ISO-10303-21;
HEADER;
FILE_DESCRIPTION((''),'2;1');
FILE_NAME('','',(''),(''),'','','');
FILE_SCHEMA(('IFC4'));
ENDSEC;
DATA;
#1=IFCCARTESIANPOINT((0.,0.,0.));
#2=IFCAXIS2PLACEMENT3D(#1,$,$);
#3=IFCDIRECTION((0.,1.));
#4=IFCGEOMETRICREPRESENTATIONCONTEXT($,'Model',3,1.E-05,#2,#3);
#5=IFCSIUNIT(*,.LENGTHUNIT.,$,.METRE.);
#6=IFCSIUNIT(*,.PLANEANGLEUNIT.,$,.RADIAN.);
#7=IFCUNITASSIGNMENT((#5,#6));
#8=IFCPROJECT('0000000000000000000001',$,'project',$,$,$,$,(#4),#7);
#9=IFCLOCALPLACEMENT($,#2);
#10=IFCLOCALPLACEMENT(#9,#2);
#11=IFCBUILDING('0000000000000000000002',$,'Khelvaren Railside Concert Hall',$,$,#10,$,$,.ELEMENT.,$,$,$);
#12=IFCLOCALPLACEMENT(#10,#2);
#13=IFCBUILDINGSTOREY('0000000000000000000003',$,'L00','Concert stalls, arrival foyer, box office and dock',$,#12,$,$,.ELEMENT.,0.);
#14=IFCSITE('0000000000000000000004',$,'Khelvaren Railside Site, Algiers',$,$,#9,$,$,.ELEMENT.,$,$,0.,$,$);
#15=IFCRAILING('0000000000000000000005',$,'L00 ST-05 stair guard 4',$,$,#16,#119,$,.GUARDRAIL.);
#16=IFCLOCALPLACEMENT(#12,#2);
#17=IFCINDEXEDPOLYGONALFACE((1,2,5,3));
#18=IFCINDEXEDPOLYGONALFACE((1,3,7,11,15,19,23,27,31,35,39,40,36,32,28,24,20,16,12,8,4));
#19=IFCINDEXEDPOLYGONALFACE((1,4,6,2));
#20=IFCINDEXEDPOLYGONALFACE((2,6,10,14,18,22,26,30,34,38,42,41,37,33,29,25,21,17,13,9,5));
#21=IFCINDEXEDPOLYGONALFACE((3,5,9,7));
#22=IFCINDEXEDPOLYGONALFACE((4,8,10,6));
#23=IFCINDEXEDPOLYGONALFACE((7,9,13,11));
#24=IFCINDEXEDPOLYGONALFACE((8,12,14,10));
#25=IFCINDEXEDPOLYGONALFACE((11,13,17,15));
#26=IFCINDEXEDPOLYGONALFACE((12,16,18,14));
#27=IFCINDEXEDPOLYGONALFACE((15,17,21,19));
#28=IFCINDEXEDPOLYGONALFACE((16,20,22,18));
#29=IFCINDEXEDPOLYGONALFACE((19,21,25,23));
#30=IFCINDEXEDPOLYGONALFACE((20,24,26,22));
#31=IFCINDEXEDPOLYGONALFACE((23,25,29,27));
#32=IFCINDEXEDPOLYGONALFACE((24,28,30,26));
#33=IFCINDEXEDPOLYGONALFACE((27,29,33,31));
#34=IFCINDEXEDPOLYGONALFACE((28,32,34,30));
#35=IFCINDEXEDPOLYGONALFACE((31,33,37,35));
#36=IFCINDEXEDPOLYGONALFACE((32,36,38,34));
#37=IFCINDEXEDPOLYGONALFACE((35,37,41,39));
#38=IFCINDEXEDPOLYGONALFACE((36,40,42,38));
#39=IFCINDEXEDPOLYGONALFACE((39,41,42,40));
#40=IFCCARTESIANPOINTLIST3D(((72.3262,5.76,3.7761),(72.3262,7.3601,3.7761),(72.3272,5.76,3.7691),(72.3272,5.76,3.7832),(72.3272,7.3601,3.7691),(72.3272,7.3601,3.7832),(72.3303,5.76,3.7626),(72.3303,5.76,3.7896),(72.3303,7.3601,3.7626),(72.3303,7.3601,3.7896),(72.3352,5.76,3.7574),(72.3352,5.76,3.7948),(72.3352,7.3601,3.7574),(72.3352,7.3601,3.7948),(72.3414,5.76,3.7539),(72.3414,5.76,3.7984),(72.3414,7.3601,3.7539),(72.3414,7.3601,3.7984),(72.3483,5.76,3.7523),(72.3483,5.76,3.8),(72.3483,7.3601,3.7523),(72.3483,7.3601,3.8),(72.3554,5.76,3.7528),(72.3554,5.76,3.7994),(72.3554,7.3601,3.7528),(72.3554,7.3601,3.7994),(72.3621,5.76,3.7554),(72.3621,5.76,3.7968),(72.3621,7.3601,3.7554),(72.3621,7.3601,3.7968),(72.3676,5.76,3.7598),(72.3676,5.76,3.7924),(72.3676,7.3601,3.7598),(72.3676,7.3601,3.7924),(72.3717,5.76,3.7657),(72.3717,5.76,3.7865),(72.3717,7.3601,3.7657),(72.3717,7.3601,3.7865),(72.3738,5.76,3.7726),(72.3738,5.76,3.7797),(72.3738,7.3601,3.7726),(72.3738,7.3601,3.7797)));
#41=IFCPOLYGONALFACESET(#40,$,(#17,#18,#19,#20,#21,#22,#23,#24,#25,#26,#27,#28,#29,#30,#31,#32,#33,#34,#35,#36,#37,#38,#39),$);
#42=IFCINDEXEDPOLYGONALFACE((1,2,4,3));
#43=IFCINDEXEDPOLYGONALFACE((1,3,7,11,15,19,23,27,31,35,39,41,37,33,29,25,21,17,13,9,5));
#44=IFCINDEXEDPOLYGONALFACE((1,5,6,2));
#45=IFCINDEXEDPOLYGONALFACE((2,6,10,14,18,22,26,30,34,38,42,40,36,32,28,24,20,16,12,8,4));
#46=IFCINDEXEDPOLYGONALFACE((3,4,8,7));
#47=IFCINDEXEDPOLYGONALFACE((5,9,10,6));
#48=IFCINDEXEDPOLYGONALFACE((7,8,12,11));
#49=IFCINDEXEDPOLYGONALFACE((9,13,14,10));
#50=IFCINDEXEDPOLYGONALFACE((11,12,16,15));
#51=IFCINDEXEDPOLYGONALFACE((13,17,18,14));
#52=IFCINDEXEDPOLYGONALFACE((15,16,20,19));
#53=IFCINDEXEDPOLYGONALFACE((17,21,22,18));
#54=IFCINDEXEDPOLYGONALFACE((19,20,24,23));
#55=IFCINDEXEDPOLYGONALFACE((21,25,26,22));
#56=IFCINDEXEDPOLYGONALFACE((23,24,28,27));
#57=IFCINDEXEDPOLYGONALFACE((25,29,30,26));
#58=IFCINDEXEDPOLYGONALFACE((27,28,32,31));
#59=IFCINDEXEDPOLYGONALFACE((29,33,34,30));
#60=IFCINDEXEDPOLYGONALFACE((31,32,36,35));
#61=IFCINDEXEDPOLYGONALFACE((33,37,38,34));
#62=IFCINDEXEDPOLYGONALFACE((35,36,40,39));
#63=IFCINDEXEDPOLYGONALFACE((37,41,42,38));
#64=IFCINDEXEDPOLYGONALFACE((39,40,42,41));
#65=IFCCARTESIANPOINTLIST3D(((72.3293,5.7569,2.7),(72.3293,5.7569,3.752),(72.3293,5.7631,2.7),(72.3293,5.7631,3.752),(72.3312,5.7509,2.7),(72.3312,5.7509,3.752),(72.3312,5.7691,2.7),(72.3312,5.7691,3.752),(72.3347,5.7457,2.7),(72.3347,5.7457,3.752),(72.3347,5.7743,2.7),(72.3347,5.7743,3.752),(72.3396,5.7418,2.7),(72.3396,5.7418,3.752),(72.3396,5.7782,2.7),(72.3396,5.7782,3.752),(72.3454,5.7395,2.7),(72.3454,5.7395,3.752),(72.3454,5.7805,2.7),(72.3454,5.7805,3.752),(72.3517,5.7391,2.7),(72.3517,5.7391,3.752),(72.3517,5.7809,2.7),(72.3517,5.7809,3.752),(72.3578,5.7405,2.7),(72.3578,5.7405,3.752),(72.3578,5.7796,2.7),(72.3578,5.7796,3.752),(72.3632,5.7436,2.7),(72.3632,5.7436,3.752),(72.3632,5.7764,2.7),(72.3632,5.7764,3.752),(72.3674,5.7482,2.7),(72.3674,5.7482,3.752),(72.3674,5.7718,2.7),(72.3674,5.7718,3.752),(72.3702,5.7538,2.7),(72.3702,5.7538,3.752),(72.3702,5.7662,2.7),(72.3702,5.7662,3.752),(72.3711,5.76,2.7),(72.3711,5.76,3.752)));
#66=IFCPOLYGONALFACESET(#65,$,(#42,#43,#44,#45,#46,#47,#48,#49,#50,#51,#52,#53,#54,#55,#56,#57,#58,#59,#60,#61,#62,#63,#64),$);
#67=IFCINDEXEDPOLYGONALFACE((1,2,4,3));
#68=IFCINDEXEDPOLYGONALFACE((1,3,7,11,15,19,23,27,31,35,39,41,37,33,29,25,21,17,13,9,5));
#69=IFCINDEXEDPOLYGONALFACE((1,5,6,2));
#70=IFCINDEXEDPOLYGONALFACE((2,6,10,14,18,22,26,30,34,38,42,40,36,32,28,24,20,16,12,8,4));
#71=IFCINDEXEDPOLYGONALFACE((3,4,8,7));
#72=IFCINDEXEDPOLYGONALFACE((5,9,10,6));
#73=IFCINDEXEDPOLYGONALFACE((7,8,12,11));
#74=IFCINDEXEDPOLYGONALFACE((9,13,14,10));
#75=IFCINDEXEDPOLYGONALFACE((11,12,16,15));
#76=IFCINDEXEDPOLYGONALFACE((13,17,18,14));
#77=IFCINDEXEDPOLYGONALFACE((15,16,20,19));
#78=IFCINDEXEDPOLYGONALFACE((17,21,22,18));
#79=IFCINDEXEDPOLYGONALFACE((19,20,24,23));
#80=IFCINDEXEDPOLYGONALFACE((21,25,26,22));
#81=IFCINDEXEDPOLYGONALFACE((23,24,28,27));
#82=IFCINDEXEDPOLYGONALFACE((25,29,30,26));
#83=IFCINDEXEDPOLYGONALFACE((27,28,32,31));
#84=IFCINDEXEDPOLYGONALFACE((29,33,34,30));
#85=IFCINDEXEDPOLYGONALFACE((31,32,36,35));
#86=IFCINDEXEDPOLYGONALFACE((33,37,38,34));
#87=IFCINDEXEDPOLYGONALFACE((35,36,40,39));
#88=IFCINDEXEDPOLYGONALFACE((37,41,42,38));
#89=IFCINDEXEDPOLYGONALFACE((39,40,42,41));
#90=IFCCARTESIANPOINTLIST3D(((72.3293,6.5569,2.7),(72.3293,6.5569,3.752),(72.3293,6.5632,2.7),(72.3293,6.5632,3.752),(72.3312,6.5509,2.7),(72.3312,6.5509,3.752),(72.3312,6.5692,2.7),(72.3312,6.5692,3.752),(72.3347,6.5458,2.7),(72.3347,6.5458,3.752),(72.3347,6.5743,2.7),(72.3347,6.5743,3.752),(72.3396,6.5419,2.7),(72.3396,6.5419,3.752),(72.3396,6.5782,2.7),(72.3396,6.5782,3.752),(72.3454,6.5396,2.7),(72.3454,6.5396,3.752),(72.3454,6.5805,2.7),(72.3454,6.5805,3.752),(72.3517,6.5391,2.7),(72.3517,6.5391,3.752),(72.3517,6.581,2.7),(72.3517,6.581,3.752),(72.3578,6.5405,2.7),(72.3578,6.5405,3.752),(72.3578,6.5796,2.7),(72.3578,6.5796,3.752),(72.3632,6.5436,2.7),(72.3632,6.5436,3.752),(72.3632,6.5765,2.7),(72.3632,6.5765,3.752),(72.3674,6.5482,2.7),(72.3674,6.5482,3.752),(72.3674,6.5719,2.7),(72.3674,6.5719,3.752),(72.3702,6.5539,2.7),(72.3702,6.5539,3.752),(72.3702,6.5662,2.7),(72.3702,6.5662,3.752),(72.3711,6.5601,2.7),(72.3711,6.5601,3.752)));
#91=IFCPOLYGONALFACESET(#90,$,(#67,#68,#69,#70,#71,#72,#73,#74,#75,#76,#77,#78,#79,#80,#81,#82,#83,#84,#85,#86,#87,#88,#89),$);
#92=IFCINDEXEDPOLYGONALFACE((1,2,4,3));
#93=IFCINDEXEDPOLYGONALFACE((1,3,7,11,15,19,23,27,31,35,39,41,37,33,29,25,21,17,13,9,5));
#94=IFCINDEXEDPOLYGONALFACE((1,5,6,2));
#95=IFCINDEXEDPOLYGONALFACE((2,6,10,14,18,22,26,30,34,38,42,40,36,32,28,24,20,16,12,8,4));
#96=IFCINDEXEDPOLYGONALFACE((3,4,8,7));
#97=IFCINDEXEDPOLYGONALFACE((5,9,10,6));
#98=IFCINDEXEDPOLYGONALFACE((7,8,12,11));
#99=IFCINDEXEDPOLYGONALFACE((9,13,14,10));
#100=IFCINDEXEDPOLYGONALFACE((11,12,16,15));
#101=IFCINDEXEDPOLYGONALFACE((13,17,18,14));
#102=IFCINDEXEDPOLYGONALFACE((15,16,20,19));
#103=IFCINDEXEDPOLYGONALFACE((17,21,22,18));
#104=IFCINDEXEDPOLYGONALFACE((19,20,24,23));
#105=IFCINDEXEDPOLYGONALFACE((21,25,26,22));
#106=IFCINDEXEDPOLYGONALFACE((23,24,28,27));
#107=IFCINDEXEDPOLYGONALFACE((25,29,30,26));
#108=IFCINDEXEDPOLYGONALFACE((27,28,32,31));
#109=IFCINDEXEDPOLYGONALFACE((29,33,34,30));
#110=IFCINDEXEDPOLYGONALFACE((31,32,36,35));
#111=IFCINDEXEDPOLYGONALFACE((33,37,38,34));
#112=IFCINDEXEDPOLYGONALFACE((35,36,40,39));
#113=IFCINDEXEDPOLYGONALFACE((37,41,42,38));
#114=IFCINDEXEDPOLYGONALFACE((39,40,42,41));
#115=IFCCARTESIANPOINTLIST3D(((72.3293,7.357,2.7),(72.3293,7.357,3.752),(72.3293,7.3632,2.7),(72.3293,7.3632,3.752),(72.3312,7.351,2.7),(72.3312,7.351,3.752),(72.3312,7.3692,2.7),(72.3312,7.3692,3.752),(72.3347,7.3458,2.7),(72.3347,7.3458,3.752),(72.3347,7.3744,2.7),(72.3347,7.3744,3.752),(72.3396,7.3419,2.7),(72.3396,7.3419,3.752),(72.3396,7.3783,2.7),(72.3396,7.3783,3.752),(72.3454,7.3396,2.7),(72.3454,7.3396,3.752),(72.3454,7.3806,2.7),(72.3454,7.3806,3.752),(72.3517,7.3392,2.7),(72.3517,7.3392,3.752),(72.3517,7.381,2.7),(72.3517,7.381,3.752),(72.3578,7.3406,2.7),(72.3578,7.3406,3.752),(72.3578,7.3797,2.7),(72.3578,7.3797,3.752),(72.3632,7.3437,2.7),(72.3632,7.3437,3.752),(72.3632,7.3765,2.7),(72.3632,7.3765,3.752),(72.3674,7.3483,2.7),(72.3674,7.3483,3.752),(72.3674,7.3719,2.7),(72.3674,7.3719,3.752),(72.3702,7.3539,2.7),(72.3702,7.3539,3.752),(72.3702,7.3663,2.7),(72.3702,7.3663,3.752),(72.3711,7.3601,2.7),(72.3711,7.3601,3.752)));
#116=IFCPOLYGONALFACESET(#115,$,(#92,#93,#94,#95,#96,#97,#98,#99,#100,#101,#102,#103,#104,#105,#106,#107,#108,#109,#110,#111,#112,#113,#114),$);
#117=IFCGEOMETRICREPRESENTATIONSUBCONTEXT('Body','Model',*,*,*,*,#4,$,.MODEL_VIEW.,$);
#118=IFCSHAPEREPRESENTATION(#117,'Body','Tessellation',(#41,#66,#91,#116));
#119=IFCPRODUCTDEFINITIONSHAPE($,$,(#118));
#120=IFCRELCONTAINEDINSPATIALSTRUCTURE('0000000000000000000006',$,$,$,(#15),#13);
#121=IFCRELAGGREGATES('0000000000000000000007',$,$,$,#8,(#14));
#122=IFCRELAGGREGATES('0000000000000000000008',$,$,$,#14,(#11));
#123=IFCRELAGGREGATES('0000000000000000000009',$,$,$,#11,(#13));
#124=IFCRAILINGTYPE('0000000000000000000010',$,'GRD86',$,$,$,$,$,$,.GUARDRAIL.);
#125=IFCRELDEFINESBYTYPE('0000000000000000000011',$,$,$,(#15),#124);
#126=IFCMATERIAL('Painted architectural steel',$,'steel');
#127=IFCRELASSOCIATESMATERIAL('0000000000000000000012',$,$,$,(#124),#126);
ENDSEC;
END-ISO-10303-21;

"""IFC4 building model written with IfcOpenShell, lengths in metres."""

from ifc_helpers import new_model, si_unit, direction, frame, origin, origin_2d, place, context, subcontext, project, spatial, circle, extrude, material, type_object, element, save


model = new_model("IFC4")

# Units and contexts
model_context = context("Model", 3, precision=1e-05, world=origin(), true_north=direction((0.0, 1.0)))
body_context = subcontext(model_context, "Body", "Model", "MODEL_VIEW")
ifc_project = project(units=[si_unit("LENGTHUNIT", "METRE"), si_unit("PLANEANGLEUNIT", "RADIAN")], contexts=[model_context])

# Site, building, storey
site_placement = place(None, origin())
site = spatial("IfcSite", under=ifc_project, at=site_placement, Name="Khelvaren Railside Site, Algiers", CompositionType="ELEMENT", RefElevation=0.0)
building_placement = place(site_placement, origin())
building = spatial("IfcBuilding", under=site, at=building_placement, Name="Khelvaren Railside Concert Hall", CompositionType="ELEMENT")
storey_placement = place(building_placement, origin())
storey = spatial("IfcBuildingStorey", under=building, at=storey_placement, Name="L00", Description="Concert stalls, arrival foyer, box office and dock", CompositionType="ELEMENT", Elevation=0.0)

# Railing
ifc_material_1 = material(Name="Painted architectural steel", Category="steel")
railing_type_1 = type_object("IfcRailingType", Name="GRD86", PredefinedType="GUARDRAIL", material=ifc_material_1)
railing_1_placement = place(storey_placement, frame((72.3501, 5.76, 2.7)))
element("IfcRailing", 1, at=railing_1_placement, inside=storey, type_object=railing_type_1, Name="L00 ST-05 stair guard 4", PredefinedType="GUARDRAIL", context=body_context, shape_type="SweptSolid", body=[
    extrude(circle(Radius=0.0239, at=origin_2d()), frame((0.0, 0.0, 1.0762), z_axis=(0.0, 1.0, 0.0), x_axis=(-1.0, 0.0, 0.0)), (0.0, 0.0, 1.0), 1.6001),
    extrude(circle(Radius=0.021, at=origin_2d()), origin(), (0.0, 0.0, 1.0), 1.052),
    extrude(circle(Radius=0.021, at=origin_2d()), frame((0.0, 0.8, 0.0)), (0.0, 0.0, 1.0), 1.052),
    extrude(circle(Radius=0.021, at=origin_2d()), frame((0.0, 1.6001, 0.0)), (0.0, 0.0, 1.0), 1.052),
])

save(model, "model.ifc")
